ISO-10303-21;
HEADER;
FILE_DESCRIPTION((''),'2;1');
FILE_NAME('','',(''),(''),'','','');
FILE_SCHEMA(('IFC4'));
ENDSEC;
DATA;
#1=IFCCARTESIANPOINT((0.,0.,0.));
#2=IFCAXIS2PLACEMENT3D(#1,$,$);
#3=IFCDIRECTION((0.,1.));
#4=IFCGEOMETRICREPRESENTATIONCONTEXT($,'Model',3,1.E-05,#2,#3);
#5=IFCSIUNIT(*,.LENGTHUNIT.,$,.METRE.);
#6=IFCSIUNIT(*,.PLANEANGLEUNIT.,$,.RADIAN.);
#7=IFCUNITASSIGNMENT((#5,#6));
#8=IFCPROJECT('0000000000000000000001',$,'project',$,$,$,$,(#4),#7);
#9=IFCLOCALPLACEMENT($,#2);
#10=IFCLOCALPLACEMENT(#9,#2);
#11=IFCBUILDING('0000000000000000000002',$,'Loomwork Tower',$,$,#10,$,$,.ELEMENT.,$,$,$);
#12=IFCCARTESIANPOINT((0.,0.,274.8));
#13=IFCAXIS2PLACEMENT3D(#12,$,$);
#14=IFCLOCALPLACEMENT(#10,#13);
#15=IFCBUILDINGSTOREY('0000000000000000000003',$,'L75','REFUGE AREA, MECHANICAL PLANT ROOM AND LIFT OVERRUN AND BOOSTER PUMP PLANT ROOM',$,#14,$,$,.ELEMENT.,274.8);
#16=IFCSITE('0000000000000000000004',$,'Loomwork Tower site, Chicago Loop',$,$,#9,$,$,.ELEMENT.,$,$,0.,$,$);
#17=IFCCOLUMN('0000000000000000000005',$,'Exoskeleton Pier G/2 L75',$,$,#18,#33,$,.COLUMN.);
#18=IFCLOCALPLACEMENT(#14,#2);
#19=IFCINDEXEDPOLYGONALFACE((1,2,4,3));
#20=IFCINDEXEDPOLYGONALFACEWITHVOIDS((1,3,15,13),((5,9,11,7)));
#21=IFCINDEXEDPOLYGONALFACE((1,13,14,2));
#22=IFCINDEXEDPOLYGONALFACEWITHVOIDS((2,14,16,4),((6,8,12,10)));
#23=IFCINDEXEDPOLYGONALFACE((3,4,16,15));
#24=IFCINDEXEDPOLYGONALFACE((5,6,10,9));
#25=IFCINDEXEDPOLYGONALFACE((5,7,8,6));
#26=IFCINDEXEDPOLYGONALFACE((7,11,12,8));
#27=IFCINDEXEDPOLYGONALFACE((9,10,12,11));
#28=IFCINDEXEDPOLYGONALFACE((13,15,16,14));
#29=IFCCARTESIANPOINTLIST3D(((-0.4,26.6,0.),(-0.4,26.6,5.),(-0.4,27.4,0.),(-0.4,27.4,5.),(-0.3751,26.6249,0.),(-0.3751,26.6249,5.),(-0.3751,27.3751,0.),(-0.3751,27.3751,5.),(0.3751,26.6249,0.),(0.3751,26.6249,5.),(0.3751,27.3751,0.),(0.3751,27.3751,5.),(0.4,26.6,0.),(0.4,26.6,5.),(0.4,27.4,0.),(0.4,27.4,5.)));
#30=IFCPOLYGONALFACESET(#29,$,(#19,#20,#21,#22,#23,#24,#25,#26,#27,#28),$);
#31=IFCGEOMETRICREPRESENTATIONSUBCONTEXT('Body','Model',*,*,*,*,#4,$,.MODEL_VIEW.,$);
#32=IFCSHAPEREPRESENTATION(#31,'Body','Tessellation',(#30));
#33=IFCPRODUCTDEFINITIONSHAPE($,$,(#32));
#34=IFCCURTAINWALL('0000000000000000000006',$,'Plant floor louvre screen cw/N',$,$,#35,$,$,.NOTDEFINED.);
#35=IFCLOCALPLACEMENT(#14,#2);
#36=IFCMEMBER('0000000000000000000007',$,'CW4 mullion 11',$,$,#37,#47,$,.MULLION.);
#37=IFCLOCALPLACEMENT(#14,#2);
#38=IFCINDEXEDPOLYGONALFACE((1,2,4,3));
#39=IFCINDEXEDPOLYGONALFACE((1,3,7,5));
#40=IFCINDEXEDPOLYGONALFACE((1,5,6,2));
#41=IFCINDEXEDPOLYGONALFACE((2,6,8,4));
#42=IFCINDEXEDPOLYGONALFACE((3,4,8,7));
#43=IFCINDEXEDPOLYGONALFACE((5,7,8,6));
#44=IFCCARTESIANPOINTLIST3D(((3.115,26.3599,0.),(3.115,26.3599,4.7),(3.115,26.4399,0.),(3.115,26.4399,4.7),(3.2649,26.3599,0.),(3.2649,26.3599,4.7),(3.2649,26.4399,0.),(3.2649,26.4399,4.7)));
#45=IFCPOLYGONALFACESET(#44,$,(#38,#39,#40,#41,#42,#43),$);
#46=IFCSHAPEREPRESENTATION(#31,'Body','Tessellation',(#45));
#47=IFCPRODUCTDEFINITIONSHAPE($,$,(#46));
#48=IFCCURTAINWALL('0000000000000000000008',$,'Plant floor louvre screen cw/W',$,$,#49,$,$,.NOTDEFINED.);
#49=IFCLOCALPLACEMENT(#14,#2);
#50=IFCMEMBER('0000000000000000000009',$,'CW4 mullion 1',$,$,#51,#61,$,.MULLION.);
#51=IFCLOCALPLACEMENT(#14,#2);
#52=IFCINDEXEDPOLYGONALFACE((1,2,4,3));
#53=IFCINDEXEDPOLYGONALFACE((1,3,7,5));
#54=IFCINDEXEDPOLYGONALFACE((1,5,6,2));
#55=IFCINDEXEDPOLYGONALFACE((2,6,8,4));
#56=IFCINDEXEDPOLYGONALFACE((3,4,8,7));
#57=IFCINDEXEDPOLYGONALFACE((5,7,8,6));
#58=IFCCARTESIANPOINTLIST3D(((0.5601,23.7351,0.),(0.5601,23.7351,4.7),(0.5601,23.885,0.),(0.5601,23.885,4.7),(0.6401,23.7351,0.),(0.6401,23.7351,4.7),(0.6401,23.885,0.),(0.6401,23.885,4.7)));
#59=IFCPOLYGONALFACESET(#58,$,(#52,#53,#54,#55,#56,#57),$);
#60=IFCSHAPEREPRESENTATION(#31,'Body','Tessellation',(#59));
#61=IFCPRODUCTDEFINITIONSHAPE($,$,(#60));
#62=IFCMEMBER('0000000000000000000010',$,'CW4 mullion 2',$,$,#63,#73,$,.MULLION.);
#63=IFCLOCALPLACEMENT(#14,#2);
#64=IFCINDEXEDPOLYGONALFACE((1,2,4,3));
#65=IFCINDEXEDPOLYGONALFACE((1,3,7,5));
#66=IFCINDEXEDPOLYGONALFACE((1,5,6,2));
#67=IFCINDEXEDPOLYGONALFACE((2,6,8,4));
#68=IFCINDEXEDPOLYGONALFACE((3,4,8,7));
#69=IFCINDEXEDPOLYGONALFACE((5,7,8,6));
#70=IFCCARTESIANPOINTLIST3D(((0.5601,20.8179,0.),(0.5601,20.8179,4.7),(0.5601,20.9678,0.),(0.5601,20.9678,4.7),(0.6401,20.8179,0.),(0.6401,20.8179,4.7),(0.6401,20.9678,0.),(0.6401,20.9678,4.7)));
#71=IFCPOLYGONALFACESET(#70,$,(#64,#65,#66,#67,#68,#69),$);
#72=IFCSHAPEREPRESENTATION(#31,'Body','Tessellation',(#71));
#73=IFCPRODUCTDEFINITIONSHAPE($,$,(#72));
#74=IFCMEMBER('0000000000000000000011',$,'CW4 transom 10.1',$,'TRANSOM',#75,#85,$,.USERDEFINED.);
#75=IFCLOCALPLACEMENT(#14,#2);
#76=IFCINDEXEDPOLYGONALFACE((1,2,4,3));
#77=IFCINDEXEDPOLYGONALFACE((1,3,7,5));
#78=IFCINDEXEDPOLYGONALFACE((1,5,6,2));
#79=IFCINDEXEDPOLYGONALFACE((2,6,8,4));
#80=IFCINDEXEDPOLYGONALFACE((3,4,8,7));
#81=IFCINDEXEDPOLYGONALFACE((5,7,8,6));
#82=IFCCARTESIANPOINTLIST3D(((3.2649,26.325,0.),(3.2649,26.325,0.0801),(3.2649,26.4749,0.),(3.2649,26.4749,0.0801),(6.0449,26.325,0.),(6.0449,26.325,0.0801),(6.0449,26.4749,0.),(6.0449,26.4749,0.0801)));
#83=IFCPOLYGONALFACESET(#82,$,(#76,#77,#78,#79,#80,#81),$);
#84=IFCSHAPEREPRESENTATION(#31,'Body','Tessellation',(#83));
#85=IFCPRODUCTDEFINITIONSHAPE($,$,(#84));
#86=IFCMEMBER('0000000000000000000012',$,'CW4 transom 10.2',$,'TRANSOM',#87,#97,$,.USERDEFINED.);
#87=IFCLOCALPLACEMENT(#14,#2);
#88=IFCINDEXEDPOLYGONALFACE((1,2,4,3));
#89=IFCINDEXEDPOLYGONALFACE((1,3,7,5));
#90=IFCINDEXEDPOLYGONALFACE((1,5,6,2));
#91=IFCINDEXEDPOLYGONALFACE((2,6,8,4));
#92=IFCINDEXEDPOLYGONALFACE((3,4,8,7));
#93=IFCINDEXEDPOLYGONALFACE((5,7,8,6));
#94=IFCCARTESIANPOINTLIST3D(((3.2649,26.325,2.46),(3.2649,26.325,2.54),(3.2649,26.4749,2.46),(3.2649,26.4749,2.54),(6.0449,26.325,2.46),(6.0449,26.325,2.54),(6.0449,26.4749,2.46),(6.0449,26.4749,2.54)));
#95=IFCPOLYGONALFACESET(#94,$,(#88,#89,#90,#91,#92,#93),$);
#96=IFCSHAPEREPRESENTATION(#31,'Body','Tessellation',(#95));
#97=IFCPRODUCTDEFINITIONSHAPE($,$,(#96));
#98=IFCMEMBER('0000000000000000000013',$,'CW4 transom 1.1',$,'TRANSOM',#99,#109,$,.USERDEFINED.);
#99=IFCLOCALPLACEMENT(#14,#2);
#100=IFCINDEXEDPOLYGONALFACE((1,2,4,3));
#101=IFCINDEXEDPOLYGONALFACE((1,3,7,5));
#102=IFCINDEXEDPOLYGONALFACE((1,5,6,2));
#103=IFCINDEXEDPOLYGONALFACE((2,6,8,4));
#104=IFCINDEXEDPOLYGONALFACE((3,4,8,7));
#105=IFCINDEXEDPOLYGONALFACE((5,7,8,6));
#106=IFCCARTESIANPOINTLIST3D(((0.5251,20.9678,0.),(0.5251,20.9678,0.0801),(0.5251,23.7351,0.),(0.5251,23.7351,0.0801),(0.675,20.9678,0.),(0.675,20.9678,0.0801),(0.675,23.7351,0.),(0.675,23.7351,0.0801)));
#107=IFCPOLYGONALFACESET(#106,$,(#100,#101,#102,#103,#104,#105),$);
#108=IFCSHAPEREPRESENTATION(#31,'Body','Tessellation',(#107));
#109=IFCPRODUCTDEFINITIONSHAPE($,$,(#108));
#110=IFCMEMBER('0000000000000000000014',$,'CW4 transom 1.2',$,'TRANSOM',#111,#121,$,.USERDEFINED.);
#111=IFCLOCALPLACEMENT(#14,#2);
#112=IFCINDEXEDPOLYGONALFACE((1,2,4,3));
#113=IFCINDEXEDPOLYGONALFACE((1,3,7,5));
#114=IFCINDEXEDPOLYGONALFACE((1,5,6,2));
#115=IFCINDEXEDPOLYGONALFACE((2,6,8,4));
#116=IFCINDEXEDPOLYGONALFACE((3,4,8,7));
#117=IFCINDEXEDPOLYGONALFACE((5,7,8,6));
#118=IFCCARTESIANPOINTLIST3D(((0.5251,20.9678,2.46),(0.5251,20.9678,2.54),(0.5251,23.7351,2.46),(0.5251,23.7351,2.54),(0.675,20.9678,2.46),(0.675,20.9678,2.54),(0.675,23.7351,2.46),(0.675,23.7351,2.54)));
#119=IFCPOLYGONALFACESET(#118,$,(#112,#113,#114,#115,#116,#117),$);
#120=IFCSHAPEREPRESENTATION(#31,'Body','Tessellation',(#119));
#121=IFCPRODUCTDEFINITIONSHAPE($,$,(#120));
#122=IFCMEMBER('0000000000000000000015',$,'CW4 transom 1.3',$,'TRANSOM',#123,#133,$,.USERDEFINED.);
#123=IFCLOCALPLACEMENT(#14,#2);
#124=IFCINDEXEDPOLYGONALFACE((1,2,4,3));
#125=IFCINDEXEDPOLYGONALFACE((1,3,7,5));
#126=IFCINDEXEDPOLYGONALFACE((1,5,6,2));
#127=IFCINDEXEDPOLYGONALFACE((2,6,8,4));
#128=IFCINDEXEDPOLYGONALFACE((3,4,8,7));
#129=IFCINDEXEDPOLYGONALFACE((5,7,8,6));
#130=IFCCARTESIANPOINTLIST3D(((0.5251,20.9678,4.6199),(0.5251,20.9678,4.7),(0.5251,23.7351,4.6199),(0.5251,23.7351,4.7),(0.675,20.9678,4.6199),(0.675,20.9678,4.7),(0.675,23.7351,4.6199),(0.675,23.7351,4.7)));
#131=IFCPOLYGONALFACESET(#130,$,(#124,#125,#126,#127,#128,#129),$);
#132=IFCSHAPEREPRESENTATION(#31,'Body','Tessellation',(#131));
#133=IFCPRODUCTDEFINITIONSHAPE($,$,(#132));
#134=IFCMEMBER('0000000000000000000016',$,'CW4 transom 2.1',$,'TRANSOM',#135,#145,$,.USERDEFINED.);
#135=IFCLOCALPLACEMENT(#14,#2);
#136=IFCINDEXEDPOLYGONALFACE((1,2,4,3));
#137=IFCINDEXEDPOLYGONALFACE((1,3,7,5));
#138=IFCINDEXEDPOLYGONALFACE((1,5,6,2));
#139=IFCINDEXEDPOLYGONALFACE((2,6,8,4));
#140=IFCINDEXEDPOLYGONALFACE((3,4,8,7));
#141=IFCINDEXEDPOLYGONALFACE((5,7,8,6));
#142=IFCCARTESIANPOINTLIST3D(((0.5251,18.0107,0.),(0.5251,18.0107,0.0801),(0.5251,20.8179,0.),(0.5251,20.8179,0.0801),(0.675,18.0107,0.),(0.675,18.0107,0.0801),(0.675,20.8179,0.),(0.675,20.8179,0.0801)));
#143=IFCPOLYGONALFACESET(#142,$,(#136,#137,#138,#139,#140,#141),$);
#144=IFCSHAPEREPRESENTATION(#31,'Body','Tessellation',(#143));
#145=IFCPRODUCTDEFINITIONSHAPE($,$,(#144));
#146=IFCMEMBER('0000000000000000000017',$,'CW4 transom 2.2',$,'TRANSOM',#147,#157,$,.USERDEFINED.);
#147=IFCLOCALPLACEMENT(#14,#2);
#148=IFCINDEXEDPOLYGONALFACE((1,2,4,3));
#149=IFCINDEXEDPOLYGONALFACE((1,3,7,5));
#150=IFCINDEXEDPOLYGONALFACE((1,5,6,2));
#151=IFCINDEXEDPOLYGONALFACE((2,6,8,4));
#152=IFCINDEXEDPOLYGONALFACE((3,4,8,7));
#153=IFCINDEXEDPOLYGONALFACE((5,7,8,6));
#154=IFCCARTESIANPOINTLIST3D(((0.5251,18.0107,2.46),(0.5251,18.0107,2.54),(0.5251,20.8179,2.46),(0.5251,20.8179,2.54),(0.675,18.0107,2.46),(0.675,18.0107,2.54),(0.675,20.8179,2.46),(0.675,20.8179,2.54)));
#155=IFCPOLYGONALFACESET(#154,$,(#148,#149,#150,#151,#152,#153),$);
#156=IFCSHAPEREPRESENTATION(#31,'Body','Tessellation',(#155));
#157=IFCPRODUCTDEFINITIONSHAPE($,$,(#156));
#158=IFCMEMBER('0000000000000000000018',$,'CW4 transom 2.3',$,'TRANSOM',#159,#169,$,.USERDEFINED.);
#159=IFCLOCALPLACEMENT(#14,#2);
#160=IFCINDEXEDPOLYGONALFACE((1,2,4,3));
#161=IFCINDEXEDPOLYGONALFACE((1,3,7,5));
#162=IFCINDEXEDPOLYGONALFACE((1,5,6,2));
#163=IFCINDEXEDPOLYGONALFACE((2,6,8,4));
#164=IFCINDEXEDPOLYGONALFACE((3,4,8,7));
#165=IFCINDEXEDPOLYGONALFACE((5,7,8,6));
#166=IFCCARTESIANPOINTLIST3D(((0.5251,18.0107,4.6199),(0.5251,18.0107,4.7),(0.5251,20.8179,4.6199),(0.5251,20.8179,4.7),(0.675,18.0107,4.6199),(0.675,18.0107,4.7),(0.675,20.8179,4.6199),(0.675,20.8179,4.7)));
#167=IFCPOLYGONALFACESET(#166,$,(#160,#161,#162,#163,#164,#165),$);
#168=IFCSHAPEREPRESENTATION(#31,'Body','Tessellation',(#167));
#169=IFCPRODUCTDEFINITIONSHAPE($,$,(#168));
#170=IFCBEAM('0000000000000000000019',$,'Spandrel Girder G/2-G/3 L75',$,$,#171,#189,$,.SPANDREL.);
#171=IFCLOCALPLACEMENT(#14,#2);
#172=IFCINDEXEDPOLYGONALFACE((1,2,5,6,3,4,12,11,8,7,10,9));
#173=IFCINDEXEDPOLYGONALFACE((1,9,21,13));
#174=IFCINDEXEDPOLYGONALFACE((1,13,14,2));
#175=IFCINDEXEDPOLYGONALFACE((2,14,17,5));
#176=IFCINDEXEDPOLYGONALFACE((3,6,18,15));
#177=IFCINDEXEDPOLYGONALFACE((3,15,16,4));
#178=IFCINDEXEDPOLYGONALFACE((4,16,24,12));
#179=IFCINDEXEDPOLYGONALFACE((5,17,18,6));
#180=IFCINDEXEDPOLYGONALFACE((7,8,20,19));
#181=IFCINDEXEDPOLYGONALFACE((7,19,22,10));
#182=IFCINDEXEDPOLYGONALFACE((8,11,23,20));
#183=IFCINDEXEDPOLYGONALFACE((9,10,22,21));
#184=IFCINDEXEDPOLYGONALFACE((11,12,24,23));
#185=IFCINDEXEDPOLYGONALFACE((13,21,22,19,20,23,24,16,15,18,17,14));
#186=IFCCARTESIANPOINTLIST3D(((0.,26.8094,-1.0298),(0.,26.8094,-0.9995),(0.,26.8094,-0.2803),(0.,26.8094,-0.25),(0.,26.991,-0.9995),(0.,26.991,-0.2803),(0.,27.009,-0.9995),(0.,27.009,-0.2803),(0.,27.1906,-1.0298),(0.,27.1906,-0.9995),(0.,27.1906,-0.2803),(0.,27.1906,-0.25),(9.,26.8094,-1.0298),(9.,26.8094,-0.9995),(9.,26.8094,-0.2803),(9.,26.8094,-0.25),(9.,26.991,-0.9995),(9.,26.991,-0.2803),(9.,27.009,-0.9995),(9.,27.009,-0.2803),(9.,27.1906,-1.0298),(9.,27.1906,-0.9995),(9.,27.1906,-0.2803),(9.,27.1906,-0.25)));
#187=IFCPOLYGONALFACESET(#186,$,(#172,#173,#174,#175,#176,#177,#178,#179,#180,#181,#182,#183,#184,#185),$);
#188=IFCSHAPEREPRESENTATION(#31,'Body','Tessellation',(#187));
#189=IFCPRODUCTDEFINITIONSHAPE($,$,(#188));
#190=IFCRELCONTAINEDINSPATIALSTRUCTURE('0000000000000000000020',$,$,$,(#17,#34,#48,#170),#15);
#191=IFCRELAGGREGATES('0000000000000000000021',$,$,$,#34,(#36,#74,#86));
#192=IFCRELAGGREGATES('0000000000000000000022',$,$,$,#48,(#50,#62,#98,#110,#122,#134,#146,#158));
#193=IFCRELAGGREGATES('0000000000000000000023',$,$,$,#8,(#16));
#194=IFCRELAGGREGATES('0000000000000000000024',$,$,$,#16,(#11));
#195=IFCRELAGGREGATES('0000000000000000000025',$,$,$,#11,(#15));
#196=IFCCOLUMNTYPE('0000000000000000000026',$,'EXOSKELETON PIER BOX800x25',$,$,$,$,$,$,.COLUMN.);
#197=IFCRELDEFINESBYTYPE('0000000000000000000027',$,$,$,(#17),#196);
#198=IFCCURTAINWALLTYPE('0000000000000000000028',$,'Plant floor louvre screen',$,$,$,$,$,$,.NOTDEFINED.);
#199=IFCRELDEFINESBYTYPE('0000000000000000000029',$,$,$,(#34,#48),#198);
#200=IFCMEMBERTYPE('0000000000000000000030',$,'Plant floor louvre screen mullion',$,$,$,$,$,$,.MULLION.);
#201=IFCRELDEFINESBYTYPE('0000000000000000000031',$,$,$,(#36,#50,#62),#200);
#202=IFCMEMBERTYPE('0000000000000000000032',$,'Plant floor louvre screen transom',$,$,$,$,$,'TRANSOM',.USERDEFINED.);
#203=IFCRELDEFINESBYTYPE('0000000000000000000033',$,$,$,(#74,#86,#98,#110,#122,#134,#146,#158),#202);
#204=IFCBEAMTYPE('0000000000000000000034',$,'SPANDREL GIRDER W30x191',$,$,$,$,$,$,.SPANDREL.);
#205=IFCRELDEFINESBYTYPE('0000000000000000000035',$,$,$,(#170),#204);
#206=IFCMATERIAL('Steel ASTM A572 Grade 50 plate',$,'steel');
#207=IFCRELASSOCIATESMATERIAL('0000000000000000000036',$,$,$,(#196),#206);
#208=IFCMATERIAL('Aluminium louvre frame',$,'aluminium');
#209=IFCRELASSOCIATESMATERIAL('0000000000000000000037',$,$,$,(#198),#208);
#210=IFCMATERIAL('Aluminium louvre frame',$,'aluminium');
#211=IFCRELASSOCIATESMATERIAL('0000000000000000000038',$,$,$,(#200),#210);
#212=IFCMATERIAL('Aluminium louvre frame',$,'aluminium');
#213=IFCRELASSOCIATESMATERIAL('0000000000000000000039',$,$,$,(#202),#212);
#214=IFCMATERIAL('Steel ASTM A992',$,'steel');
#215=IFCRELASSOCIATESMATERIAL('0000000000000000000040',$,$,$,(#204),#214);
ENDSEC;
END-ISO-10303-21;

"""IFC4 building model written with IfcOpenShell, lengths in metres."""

from ifc_helpers import new_model, si_unit, direction, frame, origin, origin_2d, place, context, subcontext, project, spatial, rectangle, hollow_rectangle, i_section, extrude, material, material_profile, profile_set, type_object, element, aggregate, save


model = new_model("IFC4")

# Units and contexts
model_context = context("Model", 3, precision=1e-05, world=origin(), true_north=direction((0.0, 1.0)))
body_context = subcontext(model_context, "Body", "Model", "MODEL_VIEW")
ifc_project = project(units=[si_unit("LENGTHUNIT", "METRE"), si_unit("PLANEANGLEUNIT", "RADIAN")], contexts=[model_context])

# Site, building, storey
site_placement = place(None, origin())
site = spatial("IfcSite", under=ifc_project, at=site_placement, Name="Loomwork Tower site, Chicago Loop", CompositionType="ELEMENT", RefElevation=0.0)
building_placement = place(site_placement, origin())
building = spatial("IfcBuilding", under=site, at=building_placement, Name="Loomwork Tower", CompositionType="ELEMENT")
storey_placement = place(building_placement, frame((0.0, 0.0, 274.8)))
storey = spatial("IfcBuildingStorey", under=building, at=storey_placement, Name="L75", Description="REFUGE AREA, MECHANICAL PLANT ROOM AND LIFT OVERRUN AND BOOSTER PUMP PLANT ROOM", CompositionType="ELEMENT", Elevation=274.8)

# Column
ifc_material_1 = material(Name="Steel ASTM A572 Grade 50 plate", Category="steel")
ifc_material_profile_1 = material_profile(ifc_material_1, hollow_rectangle(XDim=0.8, YDim=0.8, WallThickness=0.0249, at=origin_2d()), Name="BOX800x25")
ifc_profile_set_1 = profile_set([ifc_material_profile_1], Name="Steel ASTM A572 Grade 50 plate")
column_type = type_object("IfcColumnType", Name="EXOSKELETON PIER BOX800x25", PredefinedType="COLUMN", material=ifc_profile_set_1)
column_placement = place(storey_placement, frame((0.0, 27.0, 0.0), z_axis=(0.0, 0.0, 1.0), x_axis=(0.0, 1.0, 0.0)))
element("IfcColumn", 1, at=column_placement, inside=storey, type_object=column_type, Name="Exoskeleton Pier G/2 L75", PredefinedType="COLUMN", context=body_context, shape_type="SweptSolid", body=[
    extrude(hollow_rectangle(XDim=0.8, YDim=0.8, WallThickness=0.0249, at=origin_2d()), origin(), (0.0, 0.0, 1.0), 5.0),
])

# Curtain wall, member
ifc_material_2 = material(Name="Aluminium louvre frame", Category="aluminium")
curtain_wall_type = type_object("IfcCurtainWallType", Name="Plant floor louvre screen", PredefinedType="NOTDEFINED", material=ifc_material_2)
curtain_wall_1_placement = place(storey_placement, origin())
curtain_wall_1 = element("IfcCurtainWall", 2, at=curtain_wall_1_placement, inside=storey, type_object=curtain_wall_type, Name="Plant floor louvre screen cw/N", PredefinedType="NOTDEFINED")
ifc_material_3 = material(Name="Aluminium louvre frame", Category="aluminium")
ifc_material_profile_2 = material_profile(ifc_material_3, rectangle(XDim=0.0801, YDim=0.1499, at=origin_2d()), Name="AL 80x150")
ifc_profile_set_2 = profile_set([ifc_material_profile_2], Name="Aluminium louvre frame")
member_type_1 = type_object("IfcMemberType", Name="Plant floor louvre screen mullion", PredefinedType="MULLION", material=ifc_profile_set_2)
member_1_placement = place(storey_placement, frame((3.1899, 26.3999, 0.0), z_axis=(0.0, 0.0, 1.0), x_axis=(0.0, -1.0, 0.0)))
member_1 = element("IfcMember", 3, at=member_1_placement, type_object=member_type_1, Name="CW4 mullion 11", PredefinedType="MULLION", context=body_context, shape_type="SweptSolid", body=[
    extrude(rectangle(XDim=0.0801, YDim=0.1499, at=origin_2d()), origin(), (0.0, 0.0, 1.0), 4.7),
])

# Curtain wall, members
curtain_wall_2_placement = place(storey_placement, origin())
curtain_wall_2 = element("IfcCurtainWall", 4, at=curtain_wall_2_placement, inside=storey, type_object=curtain_wall_type, Name="Plant floor louvre screen cw/W", PredefinedType="NOTDEFINED")
member_2_placement = place(storey_placement, frame((0.6001, 23.8101, 0.0), z_axis=(0.0, 0.0, 1.0), x_axis=(1.0, 0.0, 0.0)))
member_2 = element("IfcMember", 5, at=member_2_placement, type_object=member_type_1, Name="CW4 mullion 1", PredefinedType="MULLION", context=body_context, shape_type="SweptSolid", body=[
    extrude(rectangle(XDim=0.0801, YDim=0.1499, at=origin_2d()), origin(), (0.0, 0.0, 1.0), 4.7),
])
member_3_placement = place(storey_placement, frame((0.6001, 20.8928, 0.0), z_axis=(0.0, 0.0, 1.0), x_axis=(1.0, 0.0, 0.0)))
member_3 = element("IfcMember", 6, at=member_3_placement, type_object=member_type_1, Name="CW4 mullion 2", PredefinedType="MULLION", context=body_context, shape_type="SweptSolid", body=[
    extrude(rectangle(XDim=0.0801, YDim=0.1499, at=origin_2d()), origin(), (0.0, 0.0, 1.0), 4.7),
])

# Members
ifc_material_4 = material(Name="Aluminium louvre frame", Category="aluminium")
ifc_material_profile_3 = material_profile(ifc_material_4, rectangle(XDim=0.1499, YDim=0.0801, at=origin_2d()), Name="AL 80x150")
ifc_profile_set_3 = profile_set([ifc_material_profile_3], Name="Aluminium louvre frame")
member_type_2 = type_object("IfcMemberType", Name="Plant floor louvre screen transom", ElementType="TRANSOM", PredefinedType="USERDEFINED", material=ifc_profile_set_3)
member_4_placement = place(storey_placement, frame((6.0449, 26.3999, 0.04), z_axis=(-1.0, 0.0, 0.0), x_axis=(0.0, -1.0, 0.0)))
member_4 = element("IfcMember", 7, at=member_4_placement, type_object=member_type_2, Name="CW4 transom 10.1", ObjectType="TRANSOM", PredefinedType="USERDEFINED", context=body_context, shape_type="SweptSolid", body=[
    extrude(rectangle(XDim=0.1499, YDim=0.0801, at=origin_2d()), origin(), (0.0, 0.0, 1.0), 2.78),
])
member_5_placement = place(storey_placement, frame((6.0449, 26.3999, 2.5), z_axis=(-1.0, 0.0, 0.0), x_axis=(0.0, -1.0, 0.0)))
member_5 = element("IfcMember", 8, at=member_5_placement, type_object=member_type_2, Name="CW4 transom 10.2", ObjectType="TRANSOM", PredefinedType="USERDEFINED", context=body_context, shape_type="SweptSolid", body=[
    extrude(rectangle(XDim=0.1499, YDim=0.0801, at=origin_2d()), origin(), (0.0, 0.0, 1.0), 2.78),
])
member_6_placement = place(storey_placement, frame((0.6001, 23.7351, 0.04), z_axis=(0.0, -1.0, 0.0), x_axis=(1.0, 0.0, 0.0)))
member_6 = element("IfcMember", 9, at=member_6_placement, type_object=member_type_2, Name="CW4 transom 1.1", ObjectType="TRANSOM", PredefinedType="USERDEFINED", context=body_context, shape_type="SweptSolid", body=[
    extrude(rectangle(XDim=0.1499, YDim=0.0801, at=origin_2d()), origin(), (0.0, 0.0, 1.0), 2.7673),
])
member_7_placement = place(storey_placement, frame((0.6001, 23.7351, 2.5), z_axis=(0.0, -1.0, 0.0), x_axis=(1.0, 0.0, 0.0)))
member_7 = element("IfcMember", 10, at=member_7_placement, type_object=member_type_2, Name="CW4 transom 1.2", ObjectType="TRANSOM", PredefinedType="USERDEFINED", context=body_context, shape_type="SweptSolid", body=[
    extrude(rectangle(XDim=0.1499, YDim=0.0801, at=origin_2d()), origin(), (0.0, 0.0, 1.0), 2.7673),
])
member_8_placement = place(storey_placement, frame((0.6001, 23.7351, 4.6599), z_axis=(0.0, -1.0, 0.0), x_axis=(1.0, 0.0, 0.0)))
member_8 = element("IfcMember", 11, at=member_8_placement, type_object=member_type_2, Name="CW4 transom 1.3", ObjectType="TRANSOM", PredefinedType="USERDEFINED", context=body_context, shape_type="SweptSolid", body=[
    extrude(rectangle(XDim=0.1499, YDim=0.0801, at=origin_2d()), origin(), (0.0, 0.0, 1.0), 2.7673),
])
member_9_placement = place(storey_placement, frame((0.6001, 20.8179, 0.04), z_axis=(0.0, -1.0, 0.0), x_axis=(1.0, 0.0, 0.0)))
member_9 = element("IfcMember", 12, at=member_9_placement, type_object=member_type_2, Name="CW4 transom 2.1", ObjectType="TRANSOM", PredefinedType="USERDEFINED", context=body_context, shape_type="SweptSolid", body=[
    extrude(rectangle(XDim=0.1499, YDim=0.0801, at=origin_2d()), origin(), (0.0, 0.0, 1.0), 2.8071),
])
member_10_placement = place(storey_placement, frame((0.6001, 20.8179, 2.5), z_axis=(0.0, -1.0, 0.0), x_axis=(1.0, 0.0, 0.0)))
member_10 = element("IfcMember", 13, at=member_10_placement, type_object=member_type_2, Name="CW4 transom 2.2", ObjectType="TRANSOM", PredefinedType="USERDEFINED", context=body_context, shape_type="SweptSolid", body=[
    extrude(rectangle(XDim=0.1499, YDim=0.0801, at=origin_2d()), origin(), (0.0, 0.0, 1.0), 2.8071),
])
member_11_placement = place(storey_placement, frame((0.6001, 20.8179, 4.6599), z_axis=(0.0, -1.0, 0.0), x_axis=(1.0, 0.0, 0.0)))
member_11 = element("IfcMember", 14, at=member_11_placement, type_object=member_type_2, Name="CW4 transom 2.3", ObjectType="TRANSOM", PredefinedType="USERDEFINED", context=body_context, shape_type="SweptSolid", body=[
    extrude(rectangle(XDim=0.1499, YDim=0.0801, at=origin_2d()), origin(), (0.0, 0.0, 1.0), 2.8071),
])

# Beam
ifc_material_5 = material(Name="Steel ASTM A992", Category="steel")
ifc_material_profile_4 = material_profile(ifc_material_5, i_section(OverallWidth=0.3811, OverallDepth=0.7798, WebThickness=0.0181, FlangeThickness=0.0303, at=origin_2d()), Name="W30x191")
ifc_profile_set_4 = profile_set([ifc_material_profile_4], Name="Steel ASTM A992")
beam_type = type_object("IfcBeamType", Name="SPANDREL GIRDER W30x191", PredefinedType="SPANDREL", material=ifc_profile_set_4)
beam_placement = place(storey_placement, frame((0.0, 27.0, -0.6399), z_axis=(1.0, 0.0, 0.0), x_axis=(0.0, 1.0, 0.0)))
element("IfcBeam", 15, at=beam_placement, inside=storey, type_object=beam_type, Name="Spandrel Girder G/2-G/3 L75", PredefinedType="SPANDREL", context=body_context, shape_type="SweptSolid", body=[
    extrude(i_section(OverallWidth=0.3811, OverallDepth=0.7798, WebThickness=0.0181, FlangeThickness=0.0303, at=origin_2d()), origin(), (0.0, 0.0, 1.0), 9.0),
])

aggregate(curtain_wall_1, [member_1, member_4, member_5])
aggregate(curtain_wall_2, [member_2, member_3, member_6, member_7, member_8, member_9, member_10, member_11])

save(model, "model.ifc")
